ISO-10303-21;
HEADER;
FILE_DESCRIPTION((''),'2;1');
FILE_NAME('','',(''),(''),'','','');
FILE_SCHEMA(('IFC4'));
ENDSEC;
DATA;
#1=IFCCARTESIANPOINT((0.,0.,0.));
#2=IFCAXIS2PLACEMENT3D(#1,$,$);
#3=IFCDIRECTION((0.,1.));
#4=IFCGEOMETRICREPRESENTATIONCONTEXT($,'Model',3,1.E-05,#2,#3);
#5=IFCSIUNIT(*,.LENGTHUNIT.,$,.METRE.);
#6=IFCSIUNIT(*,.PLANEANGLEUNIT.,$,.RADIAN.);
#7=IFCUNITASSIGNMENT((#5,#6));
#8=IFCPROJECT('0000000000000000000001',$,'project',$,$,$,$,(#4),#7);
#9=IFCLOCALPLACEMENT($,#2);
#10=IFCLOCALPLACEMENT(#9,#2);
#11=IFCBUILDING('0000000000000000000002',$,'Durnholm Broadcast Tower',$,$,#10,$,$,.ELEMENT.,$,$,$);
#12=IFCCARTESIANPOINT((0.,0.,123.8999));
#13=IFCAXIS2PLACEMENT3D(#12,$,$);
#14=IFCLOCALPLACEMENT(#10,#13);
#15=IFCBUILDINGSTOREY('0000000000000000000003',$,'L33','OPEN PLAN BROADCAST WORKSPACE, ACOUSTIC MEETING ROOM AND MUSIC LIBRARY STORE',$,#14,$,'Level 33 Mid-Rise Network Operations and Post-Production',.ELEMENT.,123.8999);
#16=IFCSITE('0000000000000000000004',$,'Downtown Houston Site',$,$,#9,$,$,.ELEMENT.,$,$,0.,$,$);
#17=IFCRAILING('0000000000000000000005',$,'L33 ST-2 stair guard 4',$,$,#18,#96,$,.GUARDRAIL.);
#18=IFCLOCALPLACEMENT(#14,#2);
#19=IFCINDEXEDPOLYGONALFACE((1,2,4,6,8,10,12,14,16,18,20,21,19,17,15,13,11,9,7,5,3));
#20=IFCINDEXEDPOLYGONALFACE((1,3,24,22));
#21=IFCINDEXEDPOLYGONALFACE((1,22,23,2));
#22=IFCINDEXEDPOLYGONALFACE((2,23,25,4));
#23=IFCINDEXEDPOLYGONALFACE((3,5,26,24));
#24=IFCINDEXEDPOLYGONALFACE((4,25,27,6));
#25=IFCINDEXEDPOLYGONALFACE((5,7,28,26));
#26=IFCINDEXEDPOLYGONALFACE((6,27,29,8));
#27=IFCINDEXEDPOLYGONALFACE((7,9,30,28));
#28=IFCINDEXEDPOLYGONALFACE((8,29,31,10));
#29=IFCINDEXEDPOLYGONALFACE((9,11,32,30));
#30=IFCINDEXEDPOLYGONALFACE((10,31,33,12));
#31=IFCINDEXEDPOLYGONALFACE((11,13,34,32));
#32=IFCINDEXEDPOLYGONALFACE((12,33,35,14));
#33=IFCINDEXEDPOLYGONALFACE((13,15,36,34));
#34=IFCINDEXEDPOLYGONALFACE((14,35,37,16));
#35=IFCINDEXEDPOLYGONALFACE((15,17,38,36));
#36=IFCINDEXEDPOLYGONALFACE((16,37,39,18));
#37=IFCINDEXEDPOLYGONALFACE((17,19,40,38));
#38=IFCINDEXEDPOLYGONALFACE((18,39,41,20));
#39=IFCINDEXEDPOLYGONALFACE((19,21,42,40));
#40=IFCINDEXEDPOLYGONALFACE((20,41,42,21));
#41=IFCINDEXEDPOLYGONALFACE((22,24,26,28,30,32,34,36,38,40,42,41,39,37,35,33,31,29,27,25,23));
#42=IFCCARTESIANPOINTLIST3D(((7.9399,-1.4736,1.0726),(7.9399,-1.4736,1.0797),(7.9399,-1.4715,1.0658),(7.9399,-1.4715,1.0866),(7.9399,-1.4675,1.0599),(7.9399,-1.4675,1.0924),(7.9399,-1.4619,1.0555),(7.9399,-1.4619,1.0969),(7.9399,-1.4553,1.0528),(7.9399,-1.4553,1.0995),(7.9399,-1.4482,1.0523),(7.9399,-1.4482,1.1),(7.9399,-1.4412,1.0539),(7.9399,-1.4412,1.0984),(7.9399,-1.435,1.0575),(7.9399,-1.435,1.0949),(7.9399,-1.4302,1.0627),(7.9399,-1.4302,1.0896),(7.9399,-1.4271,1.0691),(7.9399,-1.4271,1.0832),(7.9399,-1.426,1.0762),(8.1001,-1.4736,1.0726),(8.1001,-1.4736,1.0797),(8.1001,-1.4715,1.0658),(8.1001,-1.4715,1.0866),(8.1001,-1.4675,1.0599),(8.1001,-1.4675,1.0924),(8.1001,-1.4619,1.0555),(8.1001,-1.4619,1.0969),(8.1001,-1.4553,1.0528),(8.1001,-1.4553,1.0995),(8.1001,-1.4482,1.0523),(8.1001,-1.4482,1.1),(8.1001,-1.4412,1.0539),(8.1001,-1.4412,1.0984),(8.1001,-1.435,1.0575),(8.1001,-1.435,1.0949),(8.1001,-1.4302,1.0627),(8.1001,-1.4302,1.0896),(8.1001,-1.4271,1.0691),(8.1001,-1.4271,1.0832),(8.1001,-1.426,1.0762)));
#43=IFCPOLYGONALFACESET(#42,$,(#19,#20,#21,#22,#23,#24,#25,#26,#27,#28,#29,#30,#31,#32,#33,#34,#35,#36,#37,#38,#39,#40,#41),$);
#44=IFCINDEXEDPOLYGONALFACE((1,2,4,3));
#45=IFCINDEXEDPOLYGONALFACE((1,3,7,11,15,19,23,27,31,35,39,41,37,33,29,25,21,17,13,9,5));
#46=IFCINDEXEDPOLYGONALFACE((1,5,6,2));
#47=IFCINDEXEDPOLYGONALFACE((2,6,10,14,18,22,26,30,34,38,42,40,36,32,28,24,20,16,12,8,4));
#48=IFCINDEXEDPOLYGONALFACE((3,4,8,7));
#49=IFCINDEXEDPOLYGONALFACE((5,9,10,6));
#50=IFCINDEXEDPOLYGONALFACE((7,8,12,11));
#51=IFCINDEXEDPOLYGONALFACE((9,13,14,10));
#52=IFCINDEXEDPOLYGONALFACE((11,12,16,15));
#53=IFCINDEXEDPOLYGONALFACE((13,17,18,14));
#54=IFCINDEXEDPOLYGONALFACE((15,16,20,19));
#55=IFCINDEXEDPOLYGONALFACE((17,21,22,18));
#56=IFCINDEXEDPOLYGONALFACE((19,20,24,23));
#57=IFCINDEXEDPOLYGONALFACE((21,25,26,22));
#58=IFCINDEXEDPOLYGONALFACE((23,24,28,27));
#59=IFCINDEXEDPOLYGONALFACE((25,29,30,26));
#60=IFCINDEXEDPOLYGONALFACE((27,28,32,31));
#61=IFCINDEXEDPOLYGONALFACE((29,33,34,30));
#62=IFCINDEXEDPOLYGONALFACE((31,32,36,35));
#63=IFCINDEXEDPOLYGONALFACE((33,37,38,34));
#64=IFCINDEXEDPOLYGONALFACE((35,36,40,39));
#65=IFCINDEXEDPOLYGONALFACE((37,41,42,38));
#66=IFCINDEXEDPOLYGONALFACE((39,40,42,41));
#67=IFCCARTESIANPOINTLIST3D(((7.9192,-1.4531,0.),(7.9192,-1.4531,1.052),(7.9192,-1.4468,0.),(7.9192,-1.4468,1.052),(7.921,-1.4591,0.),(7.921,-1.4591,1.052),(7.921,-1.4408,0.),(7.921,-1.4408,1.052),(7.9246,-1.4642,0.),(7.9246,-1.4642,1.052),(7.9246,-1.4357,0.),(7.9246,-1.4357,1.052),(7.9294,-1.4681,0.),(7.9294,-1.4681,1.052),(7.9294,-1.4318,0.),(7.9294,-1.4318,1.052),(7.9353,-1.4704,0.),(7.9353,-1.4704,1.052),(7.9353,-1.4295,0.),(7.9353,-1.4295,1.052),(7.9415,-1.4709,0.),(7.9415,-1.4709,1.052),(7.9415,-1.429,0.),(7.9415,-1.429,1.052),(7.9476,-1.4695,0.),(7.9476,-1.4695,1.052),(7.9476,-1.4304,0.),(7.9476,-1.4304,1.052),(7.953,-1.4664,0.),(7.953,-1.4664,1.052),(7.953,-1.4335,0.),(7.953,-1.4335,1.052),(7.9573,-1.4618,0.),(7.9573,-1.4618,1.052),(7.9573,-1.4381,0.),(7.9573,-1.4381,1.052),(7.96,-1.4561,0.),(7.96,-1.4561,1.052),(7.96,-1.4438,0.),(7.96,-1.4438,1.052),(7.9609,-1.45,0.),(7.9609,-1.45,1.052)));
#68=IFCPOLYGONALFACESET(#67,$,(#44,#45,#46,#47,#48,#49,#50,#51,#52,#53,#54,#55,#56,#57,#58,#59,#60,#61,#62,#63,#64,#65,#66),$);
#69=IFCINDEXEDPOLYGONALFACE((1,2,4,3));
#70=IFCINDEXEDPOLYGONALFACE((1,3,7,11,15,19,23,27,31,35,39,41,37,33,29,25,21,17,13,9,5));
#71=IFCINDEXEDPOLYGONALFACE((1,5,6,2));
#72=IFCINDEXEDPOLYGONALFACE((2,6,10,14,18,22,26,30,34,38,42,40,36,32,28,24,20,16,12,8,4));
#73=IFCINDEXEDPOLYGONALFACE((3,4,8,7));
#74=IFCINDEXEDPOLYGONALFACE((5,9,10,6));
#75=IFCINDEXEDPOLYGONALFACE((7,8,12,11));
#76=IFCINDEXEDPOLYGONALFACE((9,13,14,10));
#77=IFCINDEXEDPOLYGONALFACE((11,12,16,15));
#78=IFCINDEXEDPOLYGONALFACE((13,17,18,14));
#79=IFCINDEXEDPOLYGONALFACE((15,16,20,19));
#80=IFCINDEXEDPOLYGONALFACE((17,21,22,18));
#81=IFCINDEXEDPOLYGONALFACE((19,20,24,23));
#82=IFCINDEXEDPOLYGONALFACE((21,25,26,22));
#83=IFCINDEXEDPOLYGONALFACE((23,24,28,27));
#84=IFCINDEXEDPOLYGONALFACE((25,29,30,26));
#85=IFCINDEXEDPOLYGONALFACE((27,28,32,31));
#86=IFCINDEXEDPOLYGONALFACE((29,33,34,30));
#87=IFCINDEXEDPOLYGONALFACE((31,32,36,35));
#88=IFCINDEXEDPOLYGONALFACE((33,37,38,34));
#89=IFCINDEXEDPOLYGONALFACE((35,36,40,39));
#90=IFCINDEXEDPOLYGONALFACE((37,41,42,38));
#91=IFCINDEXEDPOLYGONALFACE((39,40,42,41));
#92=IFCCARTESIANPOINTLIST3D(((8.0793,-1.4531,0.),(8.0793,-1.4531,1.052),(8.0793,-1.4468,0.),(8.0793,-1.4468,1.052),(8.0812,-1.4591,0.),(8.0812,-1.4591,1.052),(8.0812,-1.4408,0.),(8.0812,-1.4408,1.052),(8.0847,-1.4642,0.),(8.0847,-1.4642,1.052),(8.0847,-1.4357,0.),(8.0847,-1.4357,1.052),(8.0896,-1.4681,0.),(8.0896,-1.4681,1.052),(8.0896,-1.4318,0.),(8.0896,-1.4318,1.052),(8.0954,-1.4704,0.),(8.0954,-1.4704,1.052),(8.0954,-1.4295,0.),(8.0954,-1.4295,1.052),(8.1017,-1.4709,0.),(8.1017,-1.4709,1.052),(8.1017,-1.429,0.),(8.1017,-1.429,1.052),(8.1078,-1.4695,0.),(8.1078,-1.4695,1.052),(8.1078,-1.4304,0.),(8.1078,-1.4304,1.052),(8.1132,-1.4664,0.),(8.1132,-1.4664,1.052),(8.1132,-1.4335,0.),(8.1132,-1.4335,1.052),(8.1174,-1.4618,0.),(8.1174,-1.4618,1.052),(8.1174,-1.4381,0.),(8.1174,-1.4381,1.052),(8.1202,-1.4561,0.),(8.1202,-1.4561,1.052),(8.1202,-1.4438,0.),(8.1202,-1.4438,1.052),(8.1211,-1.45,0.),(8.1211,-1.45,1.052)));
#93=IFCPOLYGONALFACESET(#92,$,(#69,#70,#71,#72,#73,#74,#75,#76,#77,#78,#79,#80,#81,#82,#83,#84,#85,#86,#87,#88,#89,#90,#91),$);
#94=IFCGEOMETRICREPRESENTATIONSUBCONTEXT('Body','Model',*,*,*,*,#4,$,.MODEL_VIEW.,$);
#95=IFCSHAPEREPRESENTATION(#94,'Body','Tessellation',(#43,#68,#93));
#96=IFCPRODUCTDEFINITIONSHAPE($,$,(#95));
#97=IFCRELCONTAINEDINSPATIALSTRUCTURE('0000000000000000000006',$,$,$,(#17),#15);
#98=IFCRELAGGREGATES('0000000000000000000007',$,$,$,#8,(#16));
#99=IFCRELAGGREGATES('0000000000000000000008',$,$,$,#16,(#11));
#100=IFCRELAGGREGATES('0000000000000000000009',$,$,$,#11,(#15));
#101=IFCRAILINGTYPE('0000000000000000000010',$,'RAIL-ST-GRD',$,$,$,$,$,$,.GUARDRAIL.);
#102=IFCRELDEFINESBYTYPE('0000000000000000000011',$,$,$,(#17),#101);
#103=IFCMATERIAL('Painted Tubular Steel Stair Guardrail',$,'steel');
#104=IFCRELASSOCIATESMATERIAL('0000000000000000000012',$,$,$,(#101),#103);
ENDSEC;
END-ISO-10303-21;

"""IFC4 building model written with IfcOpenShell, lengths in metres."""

from ifc_helpers import new_model, si_unit, direction, frame, origin, origin_2d, place, context, subcontext, project, spatial, circle, extrude, material, type_object, element, save


model = new_model("IFC4")

# Units and contexts
model_context = context("Model", 3, precision=1e-05, world=origin(), true_north=direction((0.0, 1.0)))
body_context = subcontext(model_context, "Body", "Model", "MODEL_VIEW")
ifc_project = project(units=[si_unit("LENGTHUNIT", "METRE"), si_unit("PLANEANGLEUNIT", "RADIAN")], contexts=[model_context])

# Site, building, storey
site_placement = place(None, origin())
site = spatial("IfcSite", under=ifc_project, at=site_placement, Name="Downtown Houston Site", CompositionType="ELEMENT", RefElevation=0.0)
building_placement = place(site_placement, origin())
building = spatial("IfcBuilding", under=site, at=building_placement, Name="Durnholm Broadcast Tower", CompositionType="ELEMENT")
storey_placement = place(building_placement, frame((0.0, 0.0, 123.8999)))
storey = spatial("IfcBuildingStorey", under=building, at=storey_placement, Name="L33", Description="OPEN PLAN BROADCAST WORKSPACE, ACOUSTIC MEETING ROOM AND MUSIC LIBRARY STORE", LongName="Level 33 Mid-Rise Network Operations and Post-Production", CompositionType="ELEMENT", Elevation=123.8999)

# Railing
ifc_material_1 = material(Name="Painted Tubular Steel Stair Guardrail", Category="steel")
railing_type_1 = type_object("IfcRailingType", Name="RAIL-ST-GRD", PredefinedType="GUARDRAIL", material=ifc_material_1)
railing_1_placement = place(storey_placement, frame((7.9399, -1.45, 0.0)))
element("IfcRailing", 1, at=railing_1_placement, inside=storey, type_object=railing_type_1, Name="L33 ST-2 stair guard 4", PredefinedType="GUARDRAIL", context=body_context, shape_type="SweptSolid", body=[
    extrude(circle(Radius=0.0239, at=origin_2d()), frame((0.0, 0.0, 1.0762), z_axis=(1.0, 0.0, 0.0), x_axis=(0.0, 1.0, 0.0)), (0.0, 0.0, 1.0), 0.1602),
    extrude(circle(Radius=0.021, at=origin_2d()), origin(), (0.0, 0.0, 1.0), 1.052),
    extrude(circle(Radius=0.021, at=origin_2d()), frame((0.1602, 0.0, 0.0)), (0.0, 0.0, 1.0), 1.052),
])

save(model, "model.ifc")
